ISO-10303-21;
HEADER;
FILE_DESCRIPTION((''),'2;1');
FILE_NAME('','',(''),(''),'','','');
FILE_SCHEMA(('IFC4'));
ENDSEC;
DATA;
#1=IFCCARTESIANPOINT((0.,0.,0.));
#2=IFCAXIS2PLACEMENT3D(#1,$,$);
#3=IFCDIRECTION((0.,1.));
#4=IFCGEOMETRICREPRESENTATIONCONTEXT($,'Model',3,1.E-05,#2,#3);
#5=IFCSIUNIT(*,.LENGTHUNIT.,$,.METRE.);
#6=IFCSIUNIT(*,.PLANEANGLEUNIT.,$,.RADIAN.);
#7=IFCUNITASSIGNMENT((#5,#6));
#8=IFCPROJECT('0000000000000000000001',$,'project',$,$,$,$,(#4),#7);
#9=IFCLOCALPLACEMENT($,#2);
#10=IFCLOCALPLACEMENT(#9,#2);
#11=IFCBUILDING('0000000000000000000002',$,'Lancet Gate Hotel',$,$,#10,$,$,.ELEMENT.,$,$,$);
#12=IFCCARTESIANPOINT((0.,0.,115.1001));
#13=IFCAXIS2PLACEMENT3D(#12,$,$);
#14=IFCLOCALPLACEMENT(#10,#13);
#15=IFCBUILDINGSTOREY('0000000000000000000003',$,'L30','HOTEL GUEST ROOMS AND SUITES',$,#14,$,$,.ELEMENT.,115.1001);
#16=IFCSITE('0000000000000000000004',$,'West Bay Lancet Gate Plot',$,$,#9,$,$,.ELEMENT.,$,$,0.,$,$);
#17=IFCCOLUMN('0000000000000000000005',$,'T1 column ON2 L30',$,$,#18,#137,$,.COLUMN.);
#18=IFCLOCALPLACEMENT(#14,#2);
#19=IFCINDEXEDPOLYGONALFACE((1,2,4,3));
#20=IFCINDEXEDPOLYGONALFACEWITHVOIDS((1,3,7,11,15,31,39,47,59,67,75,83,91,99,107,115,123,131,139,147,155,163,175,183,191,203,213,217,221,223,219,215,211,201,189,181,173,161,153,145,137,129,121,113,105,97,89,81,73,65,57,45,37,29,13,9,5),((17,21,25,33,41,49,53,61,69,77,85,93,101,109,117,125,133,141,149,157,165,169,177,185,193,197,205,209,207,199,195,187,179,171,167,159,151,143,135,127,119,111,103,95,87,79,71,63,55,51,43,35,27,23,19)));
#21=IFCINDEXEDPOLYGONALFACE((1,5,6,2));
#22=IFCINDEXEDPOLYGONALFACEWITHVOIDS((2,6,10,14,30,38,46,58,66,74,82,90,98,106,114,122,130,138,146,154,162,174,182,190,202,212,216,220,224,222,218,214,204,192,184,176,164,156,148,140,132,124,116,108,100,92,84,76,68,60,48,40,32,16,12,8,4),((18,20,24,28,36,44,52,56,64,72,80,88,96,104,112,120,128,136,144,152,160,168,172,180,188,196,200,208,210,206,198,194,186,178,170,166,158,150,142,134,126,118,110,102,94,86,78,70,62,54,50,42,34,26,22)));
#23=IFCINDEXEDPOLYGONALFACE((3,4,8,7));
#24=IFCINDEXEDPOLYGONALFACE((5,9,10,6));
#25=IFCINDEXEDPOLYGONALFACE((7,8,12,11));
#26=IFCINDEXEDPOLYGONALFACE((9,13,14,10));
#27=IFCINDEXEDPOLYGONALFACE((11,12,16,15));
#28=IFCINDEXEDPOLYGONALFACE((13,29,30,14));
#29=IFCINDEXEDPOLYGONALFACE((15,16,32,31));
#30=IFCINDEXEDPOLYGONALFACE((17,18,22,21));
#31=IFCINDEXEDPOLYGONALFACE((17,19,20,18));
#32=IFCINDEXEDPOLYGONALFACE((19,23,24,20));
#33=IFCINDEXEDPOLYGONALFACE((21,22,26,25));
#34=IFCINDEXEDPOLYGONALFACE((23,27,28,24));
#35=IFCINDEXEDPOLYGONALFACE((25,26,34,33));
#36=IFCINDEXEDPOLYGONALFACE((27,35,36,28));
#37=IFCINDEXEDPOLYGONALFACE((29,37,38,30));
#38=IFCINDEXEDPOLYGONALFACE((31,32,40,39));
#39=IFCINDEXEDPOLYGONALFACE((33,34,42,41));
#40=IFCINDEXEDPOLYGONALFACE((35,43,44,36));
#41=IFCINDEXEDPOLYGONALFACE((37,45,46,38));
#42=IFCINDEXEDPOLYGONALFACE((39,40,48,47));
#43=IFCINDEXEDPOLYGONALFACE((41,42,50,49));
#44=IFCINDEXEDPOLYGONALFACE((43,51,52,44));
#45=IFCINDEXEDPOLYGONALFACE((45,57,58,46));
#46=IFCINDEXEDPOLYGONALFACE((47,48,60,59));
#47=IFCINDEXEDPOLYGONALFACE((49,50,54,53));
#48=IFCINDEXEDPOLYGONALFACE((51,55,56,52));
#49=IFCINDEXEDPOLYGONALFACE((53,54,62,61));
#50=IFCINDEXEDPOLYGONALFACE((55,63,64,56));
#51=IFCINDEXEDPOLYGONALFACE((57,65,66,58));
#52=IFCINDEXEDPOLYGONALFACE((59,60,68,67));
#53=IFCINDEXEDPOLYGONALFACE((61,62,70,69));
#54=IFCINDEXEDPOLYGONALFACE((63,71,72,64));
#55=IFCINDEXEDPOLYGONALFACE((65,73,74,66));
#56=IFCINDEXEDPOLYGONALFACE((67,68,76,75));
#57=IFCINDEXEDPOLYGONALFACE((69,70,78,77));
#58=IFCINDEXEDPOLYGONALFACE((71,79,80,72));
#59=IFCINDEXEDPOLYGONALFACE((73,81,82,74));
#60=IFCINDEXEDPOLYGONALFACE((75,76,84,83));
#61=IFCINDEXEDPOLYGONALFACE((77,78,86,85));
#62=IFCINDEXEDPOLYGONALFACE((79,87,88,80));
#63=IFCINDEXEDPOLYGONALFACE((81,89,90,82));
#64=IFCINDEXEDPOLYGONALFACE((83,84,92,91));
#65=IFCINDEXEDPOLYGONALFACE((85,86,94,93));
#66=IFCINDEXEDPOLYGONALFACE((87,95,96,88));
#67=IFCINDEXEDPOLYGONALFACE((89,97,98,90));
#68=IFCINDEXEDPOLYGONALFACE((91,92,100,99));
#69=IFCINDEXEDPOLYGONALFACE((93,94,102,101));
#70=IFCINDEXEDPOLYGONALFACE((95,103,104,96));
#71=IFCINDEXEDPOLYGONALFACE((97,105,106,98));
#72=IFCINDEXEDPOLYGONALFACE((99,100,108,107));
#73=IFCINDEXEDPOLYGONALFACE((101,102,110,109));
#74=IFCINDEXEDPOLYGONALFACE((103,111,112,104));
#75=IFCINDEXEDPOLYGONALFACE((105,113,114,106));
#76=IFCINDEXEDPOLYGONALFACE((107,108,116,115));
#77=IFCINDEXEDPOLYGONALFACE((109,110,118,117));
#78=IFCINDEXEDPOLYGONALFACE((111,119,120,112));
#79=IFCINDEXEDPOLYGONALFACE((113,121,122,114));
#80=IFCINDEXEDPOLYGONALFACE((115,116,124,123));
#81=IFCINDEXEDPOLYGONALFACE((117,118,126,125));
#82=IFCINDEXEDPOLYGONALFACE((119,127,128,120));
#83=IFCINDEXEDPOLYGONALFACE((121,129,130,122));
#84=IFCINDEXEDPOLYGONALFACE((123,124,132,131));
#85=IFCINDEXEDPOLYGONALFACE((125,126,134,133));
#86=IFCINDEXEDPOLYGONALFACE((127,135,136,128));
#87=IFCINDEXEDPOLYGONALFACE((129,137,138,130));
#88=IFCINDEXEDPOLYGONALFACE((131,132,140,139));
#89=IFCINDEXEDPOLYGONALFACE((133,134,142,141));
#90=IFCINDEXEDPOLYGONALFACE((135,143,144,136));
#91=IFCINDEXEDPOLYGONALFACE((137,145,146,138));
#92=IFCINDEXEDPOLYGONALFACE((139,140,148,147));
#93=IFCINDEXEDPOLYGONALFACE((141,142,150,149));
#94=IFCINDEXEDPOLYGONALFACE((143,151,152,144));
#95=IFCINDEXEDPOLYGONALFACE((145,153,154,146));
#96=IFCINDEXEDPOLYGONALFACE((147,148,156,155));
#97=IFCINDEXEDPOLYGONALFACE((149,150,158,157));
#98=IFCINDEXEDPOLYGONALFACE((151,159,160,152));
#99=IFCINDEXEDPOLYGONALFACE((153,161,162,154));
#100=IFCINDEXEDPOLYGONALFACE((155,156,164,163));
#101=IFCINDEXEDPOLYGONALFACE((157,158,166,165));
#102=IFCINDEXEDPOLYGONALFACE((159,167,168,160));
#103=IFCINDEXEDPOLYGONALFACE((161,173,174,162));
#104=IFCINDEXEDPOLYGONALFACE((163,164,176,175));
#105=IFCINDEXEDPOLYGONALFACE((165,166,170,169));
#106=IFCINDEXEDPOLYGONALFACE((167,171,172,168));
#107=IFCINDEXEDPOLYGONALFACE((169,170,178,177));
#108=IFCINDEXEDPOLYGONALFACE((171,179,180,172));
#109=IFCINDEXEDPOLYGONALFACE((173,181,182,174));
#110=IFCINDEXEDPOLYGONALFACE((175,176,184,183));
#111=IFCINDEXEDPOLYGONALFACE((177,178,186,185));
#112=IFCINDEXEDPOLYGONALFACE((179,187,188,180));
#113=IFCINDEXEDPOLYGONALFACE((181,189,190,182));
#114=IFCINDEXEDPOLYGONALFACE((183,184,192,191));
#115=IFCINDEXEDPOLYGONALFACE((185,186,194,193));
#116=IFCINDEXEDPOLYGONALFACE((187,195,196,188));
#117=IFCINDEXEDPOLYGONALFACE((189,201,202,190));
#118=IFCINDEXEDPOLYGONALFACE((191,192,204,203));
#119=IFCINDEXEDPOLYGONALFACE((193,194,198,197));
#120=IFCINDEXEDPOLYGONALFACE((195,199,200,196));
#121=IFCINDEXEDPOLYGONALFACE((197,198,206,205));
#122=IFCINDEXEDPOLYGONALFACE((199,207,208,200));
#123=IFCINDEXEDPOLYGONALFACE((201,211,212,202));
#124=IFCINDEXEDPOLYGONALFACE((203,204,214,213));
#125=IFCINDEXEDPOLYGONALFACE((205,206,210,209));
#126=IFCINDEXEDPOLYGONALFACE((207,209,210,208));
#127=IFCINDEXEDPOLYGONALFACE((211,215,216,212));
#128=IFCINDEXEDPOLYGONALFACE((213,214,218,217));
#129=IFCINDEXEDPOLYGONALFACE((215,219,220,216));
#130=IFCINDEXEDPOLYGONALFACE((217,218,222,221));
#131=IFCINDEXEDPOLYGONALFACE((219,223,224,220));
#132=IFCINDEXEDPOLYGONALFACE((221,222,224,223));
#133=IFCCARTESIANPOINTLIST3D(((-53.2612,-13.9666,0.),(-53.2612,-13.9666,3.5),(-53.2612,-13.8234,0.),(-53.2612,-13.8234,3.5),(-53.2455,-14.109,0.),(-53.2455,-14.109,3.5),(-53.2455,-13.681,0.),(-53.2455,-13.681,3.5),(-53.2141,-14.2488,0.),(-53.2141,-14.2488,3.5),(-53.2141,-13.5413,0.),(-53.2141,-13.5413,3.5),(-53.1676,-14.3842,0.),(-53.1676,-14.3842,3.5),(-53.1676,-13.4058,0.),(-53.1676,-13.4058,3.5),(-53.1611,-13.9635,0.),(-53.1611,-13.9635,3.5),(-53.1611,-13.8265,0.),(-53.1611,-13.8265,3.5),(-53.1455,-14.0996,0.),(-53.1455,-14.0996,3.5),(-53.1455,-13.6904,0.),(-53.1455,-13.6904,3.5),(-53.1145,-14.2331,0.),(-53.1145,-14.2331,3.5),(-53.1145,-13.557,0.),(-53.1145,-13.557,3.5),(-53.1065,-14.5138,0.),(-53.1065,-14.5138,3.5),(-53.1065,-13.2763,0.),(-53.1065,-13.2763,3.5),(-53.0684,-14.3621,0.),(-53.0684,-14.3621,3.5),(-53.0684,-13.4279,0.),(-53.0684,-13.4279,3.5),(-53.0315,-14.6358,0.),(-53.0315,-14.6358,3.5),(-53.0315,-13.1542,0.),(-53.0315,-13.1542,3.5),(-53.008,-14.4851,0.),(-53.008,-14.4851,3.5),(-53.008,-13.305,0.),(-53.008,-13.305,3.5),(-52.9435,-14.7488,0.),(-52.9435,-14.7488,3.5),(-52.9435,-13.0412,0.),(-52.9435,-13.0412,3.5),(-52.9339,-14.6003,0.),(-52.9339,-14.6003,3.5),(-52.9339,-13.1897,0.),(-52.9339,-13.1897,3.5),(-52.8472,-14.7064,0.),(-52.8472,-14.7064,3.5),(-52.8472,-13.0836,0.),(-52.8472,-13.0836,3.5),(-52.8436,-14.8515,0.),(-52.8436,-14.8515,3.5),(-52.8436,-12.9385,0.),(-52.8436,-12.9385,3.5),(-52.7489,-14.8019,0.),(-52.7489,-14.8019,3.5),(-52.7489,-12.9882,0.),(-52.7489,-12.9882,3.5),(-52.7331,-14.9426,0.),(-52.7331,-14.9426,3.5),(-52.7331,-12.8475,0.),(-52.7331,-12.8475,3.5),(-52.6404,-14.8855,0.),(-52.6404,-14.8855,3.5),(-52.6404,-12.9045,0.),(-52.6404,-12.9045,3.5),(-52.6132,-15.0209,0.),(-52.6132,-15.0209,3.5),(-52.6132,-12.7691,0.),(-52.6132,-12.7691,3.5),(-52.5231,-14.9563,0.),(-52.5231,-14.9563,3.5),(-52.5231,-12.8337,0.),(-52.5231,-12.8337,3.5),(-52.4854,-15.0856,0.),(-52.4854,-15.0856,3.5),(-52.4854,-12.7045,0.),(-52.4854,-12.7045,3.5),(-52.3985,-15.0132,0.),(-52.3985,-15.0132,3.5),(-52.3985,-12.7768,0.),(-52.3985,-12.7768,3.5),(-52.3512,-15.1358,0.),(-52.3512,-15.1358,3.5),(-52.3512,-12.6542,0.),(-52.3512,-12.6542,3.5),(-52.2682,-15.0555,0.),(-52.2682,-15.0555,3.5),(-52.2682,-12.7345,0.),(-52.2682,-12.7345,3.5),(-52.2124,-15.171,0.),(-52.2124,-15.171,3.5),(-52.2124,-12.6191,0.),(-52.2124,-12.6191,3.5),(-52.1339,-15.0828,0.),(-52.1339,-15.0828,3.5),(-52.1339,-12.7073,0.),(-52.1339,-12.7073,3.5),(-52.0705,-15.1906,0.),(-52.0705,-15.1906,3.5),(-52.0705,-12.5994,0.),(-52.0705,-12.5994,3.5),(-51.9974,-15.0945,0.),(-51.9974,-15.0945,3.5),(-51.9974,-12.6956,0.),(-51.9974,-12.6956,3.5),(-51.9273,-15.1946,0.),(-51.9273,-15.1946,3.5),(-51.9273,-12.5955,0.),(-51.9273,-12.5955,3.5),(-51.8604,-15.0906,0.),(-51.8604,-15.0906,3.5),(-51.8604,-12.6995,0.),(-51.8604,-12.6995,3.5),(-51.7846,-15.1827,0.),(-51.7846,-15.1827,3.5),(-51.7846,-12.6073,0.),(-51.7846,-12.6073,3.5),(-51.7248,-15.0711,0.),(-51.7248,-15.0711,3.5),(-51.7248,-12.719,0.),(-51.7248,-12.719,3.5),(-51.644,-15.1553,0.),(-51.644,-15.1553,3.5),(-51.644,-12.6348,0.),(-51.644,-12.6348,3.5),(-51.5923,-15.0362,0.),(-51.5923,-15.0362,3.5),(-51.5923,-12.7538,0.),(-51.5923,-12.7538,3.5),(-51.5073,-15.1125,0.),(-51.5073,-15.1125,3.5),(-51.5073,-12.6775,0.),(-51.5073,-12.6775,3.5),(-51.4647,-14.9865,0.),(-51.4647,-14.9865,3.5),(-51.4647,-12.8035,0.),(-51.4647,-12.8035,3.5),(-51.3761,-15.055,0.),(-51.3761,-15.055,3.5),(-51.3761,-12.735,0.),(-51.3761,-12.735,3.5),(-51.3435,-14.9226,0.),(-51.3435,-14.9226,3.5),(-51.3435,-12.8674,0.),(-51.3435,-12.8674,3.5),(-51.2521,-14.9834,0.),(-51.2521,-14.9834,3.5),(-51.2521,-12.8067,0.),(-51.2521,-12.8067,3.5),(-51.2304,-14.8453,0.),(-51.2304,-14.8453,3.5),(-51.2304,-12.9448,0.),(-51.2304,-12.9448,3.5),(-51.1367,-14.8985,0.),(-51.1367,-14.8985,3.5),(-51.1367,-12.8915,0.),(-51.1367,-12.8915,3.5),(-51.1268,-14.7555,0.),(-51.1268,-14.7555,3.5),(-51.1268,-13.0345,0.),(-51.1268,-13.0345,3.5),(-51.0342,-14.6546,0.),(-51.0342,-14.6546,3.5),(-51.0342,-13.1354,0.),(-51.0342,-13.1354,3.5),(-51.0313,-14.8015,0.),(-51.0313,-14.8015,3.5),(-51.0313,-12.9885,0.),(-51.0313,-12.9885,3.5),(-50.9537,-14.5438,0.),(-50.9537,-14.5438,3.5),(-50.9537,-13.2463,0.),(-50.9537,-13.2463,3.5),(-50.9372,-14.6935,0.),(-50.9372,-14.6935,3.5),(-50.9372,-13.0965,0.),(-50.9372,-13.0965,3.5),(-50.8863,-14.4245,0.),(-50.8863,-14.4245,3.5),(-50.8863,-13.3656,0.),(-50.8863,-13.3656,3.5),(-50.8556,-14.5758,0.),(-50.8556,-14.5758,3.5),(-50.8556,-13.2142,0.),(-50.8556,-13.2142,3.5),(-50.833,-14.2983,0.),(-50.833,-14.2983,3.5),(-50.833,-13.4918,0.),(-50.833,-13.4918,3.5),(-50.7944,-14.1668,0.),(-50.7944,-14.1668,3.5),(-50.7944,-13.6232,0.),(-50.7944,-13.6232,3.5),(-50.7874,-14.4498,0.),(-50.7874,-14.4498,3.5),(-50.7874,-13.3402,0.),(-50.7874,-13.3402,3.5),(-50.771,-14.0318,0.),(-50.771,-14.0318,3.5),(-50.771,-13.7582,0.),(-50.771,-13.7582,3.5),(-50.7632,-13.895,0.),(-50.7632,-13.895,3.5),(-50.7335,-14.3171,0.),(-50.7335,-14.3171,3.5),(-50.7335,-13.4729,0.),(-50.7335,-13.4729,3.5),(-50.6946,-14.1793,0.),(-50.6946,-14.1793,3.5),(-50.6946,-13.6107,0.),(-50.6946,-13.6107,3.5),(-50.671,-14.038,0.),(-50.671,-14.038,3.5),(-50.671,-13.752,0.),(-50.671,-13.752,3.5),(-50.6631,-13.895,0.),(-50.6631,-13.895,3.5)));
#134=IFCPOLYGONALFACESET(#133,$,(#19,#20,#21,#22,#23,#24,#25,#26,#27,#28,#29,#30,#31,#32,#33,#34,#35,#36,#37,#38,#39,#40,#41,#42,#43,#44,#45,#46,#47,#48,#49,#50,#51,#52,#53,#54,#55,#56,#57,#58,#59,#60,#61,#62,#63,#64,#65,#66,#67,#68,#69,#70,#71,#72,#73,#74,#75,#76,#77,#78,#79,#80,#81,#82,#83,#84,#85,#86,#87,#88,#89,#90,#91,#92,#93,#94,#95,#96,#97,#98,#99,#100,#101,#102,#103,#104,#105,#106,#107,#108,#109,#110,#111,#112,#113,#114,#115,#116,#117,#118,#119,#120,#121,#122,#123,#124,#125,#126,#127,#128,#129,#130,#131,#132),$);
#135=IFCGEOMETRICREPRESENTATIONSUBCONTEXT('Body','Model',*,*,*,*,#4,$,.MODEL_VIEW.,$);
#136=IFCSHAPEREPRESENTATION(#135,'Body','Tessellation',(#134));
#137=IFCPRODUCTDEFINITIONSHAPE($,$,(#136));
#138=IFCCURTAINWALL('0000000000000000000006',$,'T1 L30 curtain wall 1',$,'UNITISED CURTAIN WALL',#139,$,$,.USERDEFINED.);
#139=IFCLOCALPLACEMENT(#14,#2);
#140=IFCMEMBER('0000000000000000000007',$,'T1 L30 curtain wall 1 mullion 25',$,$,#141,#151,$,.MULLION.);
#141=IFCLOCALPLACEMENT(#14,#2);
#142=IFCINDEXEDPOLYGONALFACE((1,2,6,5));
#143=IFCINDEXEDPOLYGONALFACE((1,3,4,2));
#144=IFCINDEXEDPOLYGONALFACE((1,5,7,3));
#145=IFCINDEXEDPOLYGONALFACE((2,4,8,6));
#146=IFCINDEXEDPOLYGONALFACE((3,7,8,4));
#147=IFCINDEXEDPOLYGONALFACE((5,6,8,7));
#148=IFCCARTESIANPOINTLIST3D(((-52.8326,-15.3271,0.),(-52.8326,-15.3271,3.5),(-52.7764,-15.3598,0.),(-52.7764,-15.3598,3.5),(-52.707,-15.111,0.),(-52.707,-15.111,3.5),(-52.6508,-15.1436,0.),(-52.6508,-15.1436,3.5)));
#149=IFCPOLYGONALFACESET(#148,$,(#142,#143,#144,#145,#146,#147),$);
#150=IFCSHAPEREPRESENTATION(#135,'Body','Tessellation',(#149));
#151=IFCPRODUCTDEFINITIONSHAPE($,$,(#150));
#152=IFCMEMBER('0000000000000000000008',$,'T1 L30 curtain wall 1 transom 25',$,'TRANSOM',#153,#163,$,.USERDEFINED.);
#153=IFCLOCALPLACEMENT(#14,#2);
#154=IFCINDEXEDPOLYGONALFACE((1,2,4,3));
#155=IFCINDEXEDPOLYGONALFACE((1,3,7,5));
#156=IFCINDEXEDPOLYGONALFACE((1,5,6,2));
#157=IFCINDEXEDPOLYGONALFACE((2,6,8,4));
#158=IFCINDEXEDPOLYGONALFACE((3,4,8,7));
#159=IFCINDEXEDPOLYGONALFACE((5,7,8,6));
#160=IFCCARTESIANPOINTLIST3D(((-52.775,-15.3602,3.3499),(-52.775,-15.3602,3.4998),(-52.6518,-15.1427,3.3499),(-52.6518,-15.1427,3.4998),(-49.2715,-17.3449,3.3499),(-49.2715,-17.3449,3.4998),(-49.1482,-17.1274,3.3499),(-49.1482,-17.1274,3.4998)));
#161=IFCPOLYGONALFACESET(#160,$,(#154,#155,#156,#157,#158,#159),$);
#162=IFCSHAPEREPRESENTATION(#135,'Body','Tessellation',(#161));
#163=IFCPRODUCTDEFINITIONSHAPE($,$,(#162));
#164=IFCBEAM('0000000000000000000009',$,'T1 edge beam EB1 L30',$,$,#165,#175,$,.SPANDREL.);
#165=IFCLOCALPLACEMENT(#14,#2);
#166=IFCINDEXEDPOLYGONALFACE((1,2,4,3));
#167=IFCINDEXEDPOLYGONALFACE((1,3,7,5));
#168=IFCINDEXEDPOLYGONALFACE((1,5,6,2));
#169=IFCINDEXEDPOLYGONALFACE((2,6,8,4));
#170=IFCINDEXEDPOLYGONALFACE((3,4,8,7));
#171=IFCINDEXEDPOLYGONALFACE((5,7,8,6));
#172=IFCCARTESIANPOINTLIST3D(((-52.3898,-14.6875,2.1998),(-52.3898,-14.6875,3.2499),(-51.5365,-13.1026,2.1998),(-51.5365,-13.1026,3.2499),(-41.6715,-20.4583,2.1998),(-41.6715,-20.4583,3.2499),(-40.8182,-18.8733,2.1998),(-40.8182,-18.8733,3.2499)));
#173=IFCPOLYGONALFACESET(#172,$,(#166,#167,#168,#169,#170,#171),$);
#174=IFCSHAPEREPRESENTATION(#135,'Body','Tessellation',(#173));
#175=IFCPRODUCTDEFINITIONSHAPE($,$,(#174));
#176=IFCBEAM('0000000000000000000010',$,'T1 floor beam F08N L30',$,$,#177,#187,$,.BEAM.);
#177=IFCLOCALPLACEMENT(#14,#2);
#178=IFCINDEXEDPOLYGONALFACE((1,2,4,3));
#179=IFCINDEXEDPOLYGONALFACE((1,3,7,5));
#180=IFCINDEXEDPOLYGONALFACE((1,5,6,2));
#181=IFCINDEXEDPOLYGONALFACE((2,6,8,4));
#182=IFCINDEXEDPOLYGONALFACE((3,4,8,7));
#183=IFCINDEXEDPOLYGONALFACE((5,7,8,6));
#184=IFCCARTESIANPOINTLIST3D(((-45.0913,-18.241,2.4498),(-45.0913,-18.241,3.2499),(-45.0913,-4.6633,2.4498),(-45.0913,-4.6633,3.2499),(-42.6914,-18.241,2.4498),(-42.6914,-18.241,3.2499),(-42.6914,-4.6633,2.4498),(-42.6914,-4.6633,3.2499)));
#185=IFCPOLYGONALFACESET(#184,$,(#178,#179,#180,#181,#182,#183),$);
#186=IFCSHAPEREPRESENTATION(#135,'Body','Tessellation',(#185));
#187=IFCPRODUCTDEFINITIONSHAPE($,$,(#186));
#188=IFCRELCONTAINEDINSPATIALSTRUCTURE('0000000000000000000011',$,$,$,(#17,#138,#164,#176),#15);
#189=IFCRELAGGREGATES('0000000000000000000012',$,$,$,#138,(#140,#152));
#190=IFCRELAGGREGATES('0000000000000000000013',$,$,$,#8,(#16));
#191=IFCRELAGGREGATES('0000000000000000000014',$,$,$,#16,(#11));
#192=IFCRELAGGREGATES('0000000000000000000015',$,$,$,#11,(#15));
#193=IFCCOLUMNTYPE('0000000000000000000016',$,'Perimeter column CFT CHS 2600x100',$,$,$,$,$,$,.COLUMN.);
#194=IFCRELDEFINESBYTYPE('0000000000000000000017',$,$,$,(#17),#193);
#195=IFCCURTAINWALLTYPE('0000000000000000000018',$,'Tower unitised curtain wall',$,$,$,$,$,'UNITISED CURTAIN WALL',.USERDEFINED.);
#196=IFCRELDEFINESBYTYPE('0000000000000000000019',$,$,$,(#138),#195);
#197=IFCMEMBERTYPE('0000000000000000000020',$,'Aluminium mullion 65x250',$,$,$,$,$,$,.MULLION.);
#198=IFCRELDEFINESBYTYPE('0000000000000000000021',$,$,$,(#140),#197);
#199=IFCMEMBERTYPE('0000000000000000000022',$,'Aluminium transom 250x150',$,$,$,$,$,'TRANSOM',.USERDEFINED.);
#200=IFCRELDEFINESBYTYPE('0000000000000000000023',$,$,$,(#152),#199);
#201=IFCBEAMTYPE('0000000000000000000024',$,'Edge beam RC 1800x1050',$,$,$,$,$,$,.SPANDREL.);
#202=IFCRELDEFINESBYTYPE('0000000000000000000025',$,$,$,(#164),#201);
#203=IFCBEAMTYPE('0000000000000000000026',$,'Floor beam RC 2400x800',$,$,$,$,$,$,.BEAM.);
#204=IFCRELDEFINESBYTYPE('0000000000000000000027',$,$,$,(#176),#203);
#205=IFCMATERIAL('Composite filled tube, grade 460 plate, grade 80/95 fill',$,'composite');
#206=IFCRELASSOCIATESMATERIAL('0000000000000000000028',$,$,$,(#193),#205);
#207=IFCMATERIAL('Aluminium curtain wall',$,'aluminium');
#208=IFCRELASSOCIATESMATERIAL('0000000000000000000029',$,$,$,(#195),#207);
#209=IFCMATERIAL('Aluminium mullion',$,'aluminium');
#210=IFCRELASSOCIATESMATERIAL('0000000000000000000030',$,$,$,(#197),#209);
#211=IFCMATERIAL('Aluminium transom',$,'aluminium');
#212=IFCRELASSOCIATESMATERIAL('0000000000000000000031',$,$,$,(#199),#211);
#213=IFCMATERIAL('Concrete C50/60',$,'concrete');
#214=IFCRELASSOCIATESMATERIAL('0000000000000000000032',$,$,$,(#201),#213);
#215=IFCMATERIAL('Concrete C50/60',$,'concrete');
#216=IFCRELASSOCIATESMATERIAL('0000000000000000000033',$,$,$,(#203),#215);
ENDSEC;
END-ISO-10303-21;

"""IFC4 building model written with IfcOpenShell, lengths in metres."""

from ifc_helpers import new_model, si_unit, direction, frame, origin, origin_2d, place, context, subcontext, project, spatial, rectangle, hollow_circle, extrude, material, material_profile, profile_set, type_object, element, aggregate, save


model = new_model("IFC4")

# Units and contexts
model_context = context("Model", 3, precision=1e-05, world=origin(), true_north=direction((0.0, 1.0)))
body_context = subcontext(model_context, "Body", "Model", "MODEL_VIEW")
ifc_project = project(units=[si_unit("LENGTHUNIT", "METRE"), si_unit("PLANEANGLEUNIT", "RADIAN")], contexts=[model_context])

# Site, building, storey
site_placement = place(None, origin())
site = spatial("IfcSite", under=ifc_project, at=site_placement, Name="West Bay Lancet Gate Plot", CompositionType="ELEMENT", RefElevation=0.0)
building_placement = place(site_placement, origin())
building = spatial("IfcBuilding", under=site, at=building_placement, Name="Lancet Gate Hotel", CompositionType="ELEMENT")
storey_placement = place(building_placement, frame((0.0, 0.0, 115.1001)))
storey = spatial("IfcBuildingStorey", under=building, at=storey_placement, Name="L30", Description="HOTEL GUEST ROOMS AND SUITES", CompositionType="ELEMENT", Elevation=115.1001)

# Column
ifc_material_1 = material(Name="Composite filled tube, grade 460 plate, grade 80/95 fill", Category="composite")
ifc_material_profile_1 = material_profile(ifc_material_1, hollow_circle(Radius=1.3, WallThickness=0.1001, at=origin_2d()), Name="CHS 2600x100")
ifc_profile_set_1 = profile_set([ifc_material_profile_1], Name="Composite filled tube, grade 460 plate, grade 80/95 fill")
column_type = type_object("IfcColumnType", Name="Perimeter column CFT CHS 2600x100", PredefinedType="COLUMN", material=ifc_profile_set_1)
column_placement = place(storey_placement, frame((-51.9631, -13.895, 0.0), z_axis=(0.0, 0.0, 1.0), x_axis=(1.0, 0.0, 0.0)))
element("IfcColumn", 1, at=column_placement, inside=storey, type_object=column_type, Name="T1 column ON2 L30", PredefinedType="COLUMN", context=body_context, shape_type="SweptSolid", body=[
    extrude(hollow_circle(Radius=1.3, WallThickness=0.1001, at=origin_2d()), origin(), (0.0, 0.0, 1.0), 3.5),
])

# Curtain wall, members
ifc_material_2 = material(Name="Aluminium curtain wall", Category="aluminium")
curtain_wall_type = type_object("IfcCurtainWallType", Name="Tower unitised curtain wall", ElementType="UNITISED CURTAIN WALL", PredefinedType="USERDEFINED", material=ifc_material_2)
curtain_wall_placement = place(storey_placement, origin())
curtain_wall = element("IfcCurtainWall", 2, at=curtain_wall_placement, inside=storey, type_object=curtain_wall_type, Name="T1 L30 curtain wall 1", ObjectType="UNITISED CURTAIN WALL", PredefinedType="USERDEFINED")
ifc_material_3 = material(Name="Aluminium mullion", Category="aluminium")
ifc_material_profile_2 = material_profile(ifc_material_3, rectangle(XDim=0.0649, YDim=0.25, at=origin_2d()), Name="MULLION 65x250")
ifc_profile_set_2 = profile_set([ifc_material_profile_2], Name="Aluminium mullion")
member_type_1 = type_object("IfcMemberType", Name="Aluminium mullion 65x250", PredefinedType="MULLION", material=ifc_profile_set_2)
member_1_placement = place(storey_placement, frame((-52.7417, -15.2354, 0.0), z_axis=(0.0, 0.0, 1.0), x_axis=(0.864728, -0.502241, 0.0)))
member_1 = element("IfcMember", 3, at=member_1_placement, type_object=member_type_1, Name="T1 L30 curtain wall 1 mullion 25", PredefinedType="MULLION", context=body_context, shape_type="SweptSolid", body=[
    extrude(rectangle(XDim=0.0649, YDim=0.25, at=origin_2d()), origin(), (0.0, 0.0, 1.0), 3.5),
])
ifc_material_4 = material(Name="Aluminium transom", Category="aluminium")
ifc_material_profile_3 = material_profile(ifc_material_4, rectangle(XDim=0.25, YDim=0.1499, at=origin_2d()), Name="TRANSOM 250x150")
ifc_profile_set_3 = profile_set([ifc_material_profile_3], Name="Aluminium transom")
member_type_2 = type_object("IfcMemberType", Name="Aluminium transom 250x150", ElementType="TRANSOM", PredefinedType="USERDEFINED", material=ifc_profile_set_3)
member_2_placement = place(storey_placement, frame((-52.7134, -15.2515, 3.4248), z_axis=(0.870092, -0.49289, 0.0), x_axis=(0.49289, 0.870092, 0.0)))
member_2 = element("IfcMember", 4, at=member_2_placement, type_object=member_type_2, Name="T1 L30 curtain wall 1 transom 25", ObjectType="TRANSOM", PredefinedType="USERDEFINED", context=body_context, shape_type="SweptSolid", body=[
    extrude(rectangle(XDim=0.25, YDim=0.1499, at=origin_2d()), origin(), (0.0, 0.0, 1.0), 4.0266),
])
aggregate(curtain_wall, [member_1, member_2])

# Beams
ifc_material_5 = material(Name="Concrete C50/60", Category="concrete")
ifc_material_profile_4 = material_profile(ifc_material_5, rectangle(XDim=1.8, YDim=1.05, at=origin_2d()), Name="RC 1800x1050")
ifc_profile_set_4 = profile_set([ifc_material_profile_4], Name="Concrete C50/60")
beam_type_1 = type_object("IfcBeamType", Name="Edge beam RC 1800x1050", PredefinedType="SPANDREL", material=ifc_profile_set_4)
beam_1_placement = place(storey_placement, frame((-51.9631, -13.895, 2.7249), z_axis=(0.880492, -0.47406, 0.0), x_axis=(0.47406, 0.880492, 0.0)))
element("IfcBeam", 5, at=beam_1_placement, inside=storey, type_object=beam_type_1, Name="T1 edge beam EB1 L30", PredefinedType="SPANDREL", context=body_context, shape_type="SweptSolid", body=[
    extrude(rectangle(XDim=1.8, YDim=1.05, at=origin_2d()), origin(), (0.0, 0.0, 1.0), 12.1731),
])
ifc_material_6 = material(Name="Concrete C50/60", Category="concrete")
ifc_material_profile_5 = material_profile(ifc_material_6, rectangle(XDim=2.3999, YDim=0.8, at=origin_2d()), Name="RC 2400x800")
ifc_profile_set_5 = profile_set([ifc_material_profile_5], Name="Concrete C50/60")
beam_type_2 = type_object("IfcBeamType", Name="Floor beam RC 2400x800", PredefinedType="BEAM", material=ifc_profile_set_5)
beam_2_placement = place(storey_placement, frame((-43.8914, -4.6633, 2.8499), z_axis=(0.0, -1.0, 0.0), x_axis=(1.0, 0.0, 0.0)))
element("IfcBeam", 6, at=beam_2_placement, inside=storey, type_object=beam_type_2, Name="T1 floor beam F08N L30", PredefinedType="BEAM", context=body_context, shape_type="SweptSolid", body=[
    extrude(rectangle(XDim=2.3999, YDim=0.8, at=origin_2d()), origin(), (0.0, 0.0, 1.0), 13.5776),
])

save(model, "model.ifc")
